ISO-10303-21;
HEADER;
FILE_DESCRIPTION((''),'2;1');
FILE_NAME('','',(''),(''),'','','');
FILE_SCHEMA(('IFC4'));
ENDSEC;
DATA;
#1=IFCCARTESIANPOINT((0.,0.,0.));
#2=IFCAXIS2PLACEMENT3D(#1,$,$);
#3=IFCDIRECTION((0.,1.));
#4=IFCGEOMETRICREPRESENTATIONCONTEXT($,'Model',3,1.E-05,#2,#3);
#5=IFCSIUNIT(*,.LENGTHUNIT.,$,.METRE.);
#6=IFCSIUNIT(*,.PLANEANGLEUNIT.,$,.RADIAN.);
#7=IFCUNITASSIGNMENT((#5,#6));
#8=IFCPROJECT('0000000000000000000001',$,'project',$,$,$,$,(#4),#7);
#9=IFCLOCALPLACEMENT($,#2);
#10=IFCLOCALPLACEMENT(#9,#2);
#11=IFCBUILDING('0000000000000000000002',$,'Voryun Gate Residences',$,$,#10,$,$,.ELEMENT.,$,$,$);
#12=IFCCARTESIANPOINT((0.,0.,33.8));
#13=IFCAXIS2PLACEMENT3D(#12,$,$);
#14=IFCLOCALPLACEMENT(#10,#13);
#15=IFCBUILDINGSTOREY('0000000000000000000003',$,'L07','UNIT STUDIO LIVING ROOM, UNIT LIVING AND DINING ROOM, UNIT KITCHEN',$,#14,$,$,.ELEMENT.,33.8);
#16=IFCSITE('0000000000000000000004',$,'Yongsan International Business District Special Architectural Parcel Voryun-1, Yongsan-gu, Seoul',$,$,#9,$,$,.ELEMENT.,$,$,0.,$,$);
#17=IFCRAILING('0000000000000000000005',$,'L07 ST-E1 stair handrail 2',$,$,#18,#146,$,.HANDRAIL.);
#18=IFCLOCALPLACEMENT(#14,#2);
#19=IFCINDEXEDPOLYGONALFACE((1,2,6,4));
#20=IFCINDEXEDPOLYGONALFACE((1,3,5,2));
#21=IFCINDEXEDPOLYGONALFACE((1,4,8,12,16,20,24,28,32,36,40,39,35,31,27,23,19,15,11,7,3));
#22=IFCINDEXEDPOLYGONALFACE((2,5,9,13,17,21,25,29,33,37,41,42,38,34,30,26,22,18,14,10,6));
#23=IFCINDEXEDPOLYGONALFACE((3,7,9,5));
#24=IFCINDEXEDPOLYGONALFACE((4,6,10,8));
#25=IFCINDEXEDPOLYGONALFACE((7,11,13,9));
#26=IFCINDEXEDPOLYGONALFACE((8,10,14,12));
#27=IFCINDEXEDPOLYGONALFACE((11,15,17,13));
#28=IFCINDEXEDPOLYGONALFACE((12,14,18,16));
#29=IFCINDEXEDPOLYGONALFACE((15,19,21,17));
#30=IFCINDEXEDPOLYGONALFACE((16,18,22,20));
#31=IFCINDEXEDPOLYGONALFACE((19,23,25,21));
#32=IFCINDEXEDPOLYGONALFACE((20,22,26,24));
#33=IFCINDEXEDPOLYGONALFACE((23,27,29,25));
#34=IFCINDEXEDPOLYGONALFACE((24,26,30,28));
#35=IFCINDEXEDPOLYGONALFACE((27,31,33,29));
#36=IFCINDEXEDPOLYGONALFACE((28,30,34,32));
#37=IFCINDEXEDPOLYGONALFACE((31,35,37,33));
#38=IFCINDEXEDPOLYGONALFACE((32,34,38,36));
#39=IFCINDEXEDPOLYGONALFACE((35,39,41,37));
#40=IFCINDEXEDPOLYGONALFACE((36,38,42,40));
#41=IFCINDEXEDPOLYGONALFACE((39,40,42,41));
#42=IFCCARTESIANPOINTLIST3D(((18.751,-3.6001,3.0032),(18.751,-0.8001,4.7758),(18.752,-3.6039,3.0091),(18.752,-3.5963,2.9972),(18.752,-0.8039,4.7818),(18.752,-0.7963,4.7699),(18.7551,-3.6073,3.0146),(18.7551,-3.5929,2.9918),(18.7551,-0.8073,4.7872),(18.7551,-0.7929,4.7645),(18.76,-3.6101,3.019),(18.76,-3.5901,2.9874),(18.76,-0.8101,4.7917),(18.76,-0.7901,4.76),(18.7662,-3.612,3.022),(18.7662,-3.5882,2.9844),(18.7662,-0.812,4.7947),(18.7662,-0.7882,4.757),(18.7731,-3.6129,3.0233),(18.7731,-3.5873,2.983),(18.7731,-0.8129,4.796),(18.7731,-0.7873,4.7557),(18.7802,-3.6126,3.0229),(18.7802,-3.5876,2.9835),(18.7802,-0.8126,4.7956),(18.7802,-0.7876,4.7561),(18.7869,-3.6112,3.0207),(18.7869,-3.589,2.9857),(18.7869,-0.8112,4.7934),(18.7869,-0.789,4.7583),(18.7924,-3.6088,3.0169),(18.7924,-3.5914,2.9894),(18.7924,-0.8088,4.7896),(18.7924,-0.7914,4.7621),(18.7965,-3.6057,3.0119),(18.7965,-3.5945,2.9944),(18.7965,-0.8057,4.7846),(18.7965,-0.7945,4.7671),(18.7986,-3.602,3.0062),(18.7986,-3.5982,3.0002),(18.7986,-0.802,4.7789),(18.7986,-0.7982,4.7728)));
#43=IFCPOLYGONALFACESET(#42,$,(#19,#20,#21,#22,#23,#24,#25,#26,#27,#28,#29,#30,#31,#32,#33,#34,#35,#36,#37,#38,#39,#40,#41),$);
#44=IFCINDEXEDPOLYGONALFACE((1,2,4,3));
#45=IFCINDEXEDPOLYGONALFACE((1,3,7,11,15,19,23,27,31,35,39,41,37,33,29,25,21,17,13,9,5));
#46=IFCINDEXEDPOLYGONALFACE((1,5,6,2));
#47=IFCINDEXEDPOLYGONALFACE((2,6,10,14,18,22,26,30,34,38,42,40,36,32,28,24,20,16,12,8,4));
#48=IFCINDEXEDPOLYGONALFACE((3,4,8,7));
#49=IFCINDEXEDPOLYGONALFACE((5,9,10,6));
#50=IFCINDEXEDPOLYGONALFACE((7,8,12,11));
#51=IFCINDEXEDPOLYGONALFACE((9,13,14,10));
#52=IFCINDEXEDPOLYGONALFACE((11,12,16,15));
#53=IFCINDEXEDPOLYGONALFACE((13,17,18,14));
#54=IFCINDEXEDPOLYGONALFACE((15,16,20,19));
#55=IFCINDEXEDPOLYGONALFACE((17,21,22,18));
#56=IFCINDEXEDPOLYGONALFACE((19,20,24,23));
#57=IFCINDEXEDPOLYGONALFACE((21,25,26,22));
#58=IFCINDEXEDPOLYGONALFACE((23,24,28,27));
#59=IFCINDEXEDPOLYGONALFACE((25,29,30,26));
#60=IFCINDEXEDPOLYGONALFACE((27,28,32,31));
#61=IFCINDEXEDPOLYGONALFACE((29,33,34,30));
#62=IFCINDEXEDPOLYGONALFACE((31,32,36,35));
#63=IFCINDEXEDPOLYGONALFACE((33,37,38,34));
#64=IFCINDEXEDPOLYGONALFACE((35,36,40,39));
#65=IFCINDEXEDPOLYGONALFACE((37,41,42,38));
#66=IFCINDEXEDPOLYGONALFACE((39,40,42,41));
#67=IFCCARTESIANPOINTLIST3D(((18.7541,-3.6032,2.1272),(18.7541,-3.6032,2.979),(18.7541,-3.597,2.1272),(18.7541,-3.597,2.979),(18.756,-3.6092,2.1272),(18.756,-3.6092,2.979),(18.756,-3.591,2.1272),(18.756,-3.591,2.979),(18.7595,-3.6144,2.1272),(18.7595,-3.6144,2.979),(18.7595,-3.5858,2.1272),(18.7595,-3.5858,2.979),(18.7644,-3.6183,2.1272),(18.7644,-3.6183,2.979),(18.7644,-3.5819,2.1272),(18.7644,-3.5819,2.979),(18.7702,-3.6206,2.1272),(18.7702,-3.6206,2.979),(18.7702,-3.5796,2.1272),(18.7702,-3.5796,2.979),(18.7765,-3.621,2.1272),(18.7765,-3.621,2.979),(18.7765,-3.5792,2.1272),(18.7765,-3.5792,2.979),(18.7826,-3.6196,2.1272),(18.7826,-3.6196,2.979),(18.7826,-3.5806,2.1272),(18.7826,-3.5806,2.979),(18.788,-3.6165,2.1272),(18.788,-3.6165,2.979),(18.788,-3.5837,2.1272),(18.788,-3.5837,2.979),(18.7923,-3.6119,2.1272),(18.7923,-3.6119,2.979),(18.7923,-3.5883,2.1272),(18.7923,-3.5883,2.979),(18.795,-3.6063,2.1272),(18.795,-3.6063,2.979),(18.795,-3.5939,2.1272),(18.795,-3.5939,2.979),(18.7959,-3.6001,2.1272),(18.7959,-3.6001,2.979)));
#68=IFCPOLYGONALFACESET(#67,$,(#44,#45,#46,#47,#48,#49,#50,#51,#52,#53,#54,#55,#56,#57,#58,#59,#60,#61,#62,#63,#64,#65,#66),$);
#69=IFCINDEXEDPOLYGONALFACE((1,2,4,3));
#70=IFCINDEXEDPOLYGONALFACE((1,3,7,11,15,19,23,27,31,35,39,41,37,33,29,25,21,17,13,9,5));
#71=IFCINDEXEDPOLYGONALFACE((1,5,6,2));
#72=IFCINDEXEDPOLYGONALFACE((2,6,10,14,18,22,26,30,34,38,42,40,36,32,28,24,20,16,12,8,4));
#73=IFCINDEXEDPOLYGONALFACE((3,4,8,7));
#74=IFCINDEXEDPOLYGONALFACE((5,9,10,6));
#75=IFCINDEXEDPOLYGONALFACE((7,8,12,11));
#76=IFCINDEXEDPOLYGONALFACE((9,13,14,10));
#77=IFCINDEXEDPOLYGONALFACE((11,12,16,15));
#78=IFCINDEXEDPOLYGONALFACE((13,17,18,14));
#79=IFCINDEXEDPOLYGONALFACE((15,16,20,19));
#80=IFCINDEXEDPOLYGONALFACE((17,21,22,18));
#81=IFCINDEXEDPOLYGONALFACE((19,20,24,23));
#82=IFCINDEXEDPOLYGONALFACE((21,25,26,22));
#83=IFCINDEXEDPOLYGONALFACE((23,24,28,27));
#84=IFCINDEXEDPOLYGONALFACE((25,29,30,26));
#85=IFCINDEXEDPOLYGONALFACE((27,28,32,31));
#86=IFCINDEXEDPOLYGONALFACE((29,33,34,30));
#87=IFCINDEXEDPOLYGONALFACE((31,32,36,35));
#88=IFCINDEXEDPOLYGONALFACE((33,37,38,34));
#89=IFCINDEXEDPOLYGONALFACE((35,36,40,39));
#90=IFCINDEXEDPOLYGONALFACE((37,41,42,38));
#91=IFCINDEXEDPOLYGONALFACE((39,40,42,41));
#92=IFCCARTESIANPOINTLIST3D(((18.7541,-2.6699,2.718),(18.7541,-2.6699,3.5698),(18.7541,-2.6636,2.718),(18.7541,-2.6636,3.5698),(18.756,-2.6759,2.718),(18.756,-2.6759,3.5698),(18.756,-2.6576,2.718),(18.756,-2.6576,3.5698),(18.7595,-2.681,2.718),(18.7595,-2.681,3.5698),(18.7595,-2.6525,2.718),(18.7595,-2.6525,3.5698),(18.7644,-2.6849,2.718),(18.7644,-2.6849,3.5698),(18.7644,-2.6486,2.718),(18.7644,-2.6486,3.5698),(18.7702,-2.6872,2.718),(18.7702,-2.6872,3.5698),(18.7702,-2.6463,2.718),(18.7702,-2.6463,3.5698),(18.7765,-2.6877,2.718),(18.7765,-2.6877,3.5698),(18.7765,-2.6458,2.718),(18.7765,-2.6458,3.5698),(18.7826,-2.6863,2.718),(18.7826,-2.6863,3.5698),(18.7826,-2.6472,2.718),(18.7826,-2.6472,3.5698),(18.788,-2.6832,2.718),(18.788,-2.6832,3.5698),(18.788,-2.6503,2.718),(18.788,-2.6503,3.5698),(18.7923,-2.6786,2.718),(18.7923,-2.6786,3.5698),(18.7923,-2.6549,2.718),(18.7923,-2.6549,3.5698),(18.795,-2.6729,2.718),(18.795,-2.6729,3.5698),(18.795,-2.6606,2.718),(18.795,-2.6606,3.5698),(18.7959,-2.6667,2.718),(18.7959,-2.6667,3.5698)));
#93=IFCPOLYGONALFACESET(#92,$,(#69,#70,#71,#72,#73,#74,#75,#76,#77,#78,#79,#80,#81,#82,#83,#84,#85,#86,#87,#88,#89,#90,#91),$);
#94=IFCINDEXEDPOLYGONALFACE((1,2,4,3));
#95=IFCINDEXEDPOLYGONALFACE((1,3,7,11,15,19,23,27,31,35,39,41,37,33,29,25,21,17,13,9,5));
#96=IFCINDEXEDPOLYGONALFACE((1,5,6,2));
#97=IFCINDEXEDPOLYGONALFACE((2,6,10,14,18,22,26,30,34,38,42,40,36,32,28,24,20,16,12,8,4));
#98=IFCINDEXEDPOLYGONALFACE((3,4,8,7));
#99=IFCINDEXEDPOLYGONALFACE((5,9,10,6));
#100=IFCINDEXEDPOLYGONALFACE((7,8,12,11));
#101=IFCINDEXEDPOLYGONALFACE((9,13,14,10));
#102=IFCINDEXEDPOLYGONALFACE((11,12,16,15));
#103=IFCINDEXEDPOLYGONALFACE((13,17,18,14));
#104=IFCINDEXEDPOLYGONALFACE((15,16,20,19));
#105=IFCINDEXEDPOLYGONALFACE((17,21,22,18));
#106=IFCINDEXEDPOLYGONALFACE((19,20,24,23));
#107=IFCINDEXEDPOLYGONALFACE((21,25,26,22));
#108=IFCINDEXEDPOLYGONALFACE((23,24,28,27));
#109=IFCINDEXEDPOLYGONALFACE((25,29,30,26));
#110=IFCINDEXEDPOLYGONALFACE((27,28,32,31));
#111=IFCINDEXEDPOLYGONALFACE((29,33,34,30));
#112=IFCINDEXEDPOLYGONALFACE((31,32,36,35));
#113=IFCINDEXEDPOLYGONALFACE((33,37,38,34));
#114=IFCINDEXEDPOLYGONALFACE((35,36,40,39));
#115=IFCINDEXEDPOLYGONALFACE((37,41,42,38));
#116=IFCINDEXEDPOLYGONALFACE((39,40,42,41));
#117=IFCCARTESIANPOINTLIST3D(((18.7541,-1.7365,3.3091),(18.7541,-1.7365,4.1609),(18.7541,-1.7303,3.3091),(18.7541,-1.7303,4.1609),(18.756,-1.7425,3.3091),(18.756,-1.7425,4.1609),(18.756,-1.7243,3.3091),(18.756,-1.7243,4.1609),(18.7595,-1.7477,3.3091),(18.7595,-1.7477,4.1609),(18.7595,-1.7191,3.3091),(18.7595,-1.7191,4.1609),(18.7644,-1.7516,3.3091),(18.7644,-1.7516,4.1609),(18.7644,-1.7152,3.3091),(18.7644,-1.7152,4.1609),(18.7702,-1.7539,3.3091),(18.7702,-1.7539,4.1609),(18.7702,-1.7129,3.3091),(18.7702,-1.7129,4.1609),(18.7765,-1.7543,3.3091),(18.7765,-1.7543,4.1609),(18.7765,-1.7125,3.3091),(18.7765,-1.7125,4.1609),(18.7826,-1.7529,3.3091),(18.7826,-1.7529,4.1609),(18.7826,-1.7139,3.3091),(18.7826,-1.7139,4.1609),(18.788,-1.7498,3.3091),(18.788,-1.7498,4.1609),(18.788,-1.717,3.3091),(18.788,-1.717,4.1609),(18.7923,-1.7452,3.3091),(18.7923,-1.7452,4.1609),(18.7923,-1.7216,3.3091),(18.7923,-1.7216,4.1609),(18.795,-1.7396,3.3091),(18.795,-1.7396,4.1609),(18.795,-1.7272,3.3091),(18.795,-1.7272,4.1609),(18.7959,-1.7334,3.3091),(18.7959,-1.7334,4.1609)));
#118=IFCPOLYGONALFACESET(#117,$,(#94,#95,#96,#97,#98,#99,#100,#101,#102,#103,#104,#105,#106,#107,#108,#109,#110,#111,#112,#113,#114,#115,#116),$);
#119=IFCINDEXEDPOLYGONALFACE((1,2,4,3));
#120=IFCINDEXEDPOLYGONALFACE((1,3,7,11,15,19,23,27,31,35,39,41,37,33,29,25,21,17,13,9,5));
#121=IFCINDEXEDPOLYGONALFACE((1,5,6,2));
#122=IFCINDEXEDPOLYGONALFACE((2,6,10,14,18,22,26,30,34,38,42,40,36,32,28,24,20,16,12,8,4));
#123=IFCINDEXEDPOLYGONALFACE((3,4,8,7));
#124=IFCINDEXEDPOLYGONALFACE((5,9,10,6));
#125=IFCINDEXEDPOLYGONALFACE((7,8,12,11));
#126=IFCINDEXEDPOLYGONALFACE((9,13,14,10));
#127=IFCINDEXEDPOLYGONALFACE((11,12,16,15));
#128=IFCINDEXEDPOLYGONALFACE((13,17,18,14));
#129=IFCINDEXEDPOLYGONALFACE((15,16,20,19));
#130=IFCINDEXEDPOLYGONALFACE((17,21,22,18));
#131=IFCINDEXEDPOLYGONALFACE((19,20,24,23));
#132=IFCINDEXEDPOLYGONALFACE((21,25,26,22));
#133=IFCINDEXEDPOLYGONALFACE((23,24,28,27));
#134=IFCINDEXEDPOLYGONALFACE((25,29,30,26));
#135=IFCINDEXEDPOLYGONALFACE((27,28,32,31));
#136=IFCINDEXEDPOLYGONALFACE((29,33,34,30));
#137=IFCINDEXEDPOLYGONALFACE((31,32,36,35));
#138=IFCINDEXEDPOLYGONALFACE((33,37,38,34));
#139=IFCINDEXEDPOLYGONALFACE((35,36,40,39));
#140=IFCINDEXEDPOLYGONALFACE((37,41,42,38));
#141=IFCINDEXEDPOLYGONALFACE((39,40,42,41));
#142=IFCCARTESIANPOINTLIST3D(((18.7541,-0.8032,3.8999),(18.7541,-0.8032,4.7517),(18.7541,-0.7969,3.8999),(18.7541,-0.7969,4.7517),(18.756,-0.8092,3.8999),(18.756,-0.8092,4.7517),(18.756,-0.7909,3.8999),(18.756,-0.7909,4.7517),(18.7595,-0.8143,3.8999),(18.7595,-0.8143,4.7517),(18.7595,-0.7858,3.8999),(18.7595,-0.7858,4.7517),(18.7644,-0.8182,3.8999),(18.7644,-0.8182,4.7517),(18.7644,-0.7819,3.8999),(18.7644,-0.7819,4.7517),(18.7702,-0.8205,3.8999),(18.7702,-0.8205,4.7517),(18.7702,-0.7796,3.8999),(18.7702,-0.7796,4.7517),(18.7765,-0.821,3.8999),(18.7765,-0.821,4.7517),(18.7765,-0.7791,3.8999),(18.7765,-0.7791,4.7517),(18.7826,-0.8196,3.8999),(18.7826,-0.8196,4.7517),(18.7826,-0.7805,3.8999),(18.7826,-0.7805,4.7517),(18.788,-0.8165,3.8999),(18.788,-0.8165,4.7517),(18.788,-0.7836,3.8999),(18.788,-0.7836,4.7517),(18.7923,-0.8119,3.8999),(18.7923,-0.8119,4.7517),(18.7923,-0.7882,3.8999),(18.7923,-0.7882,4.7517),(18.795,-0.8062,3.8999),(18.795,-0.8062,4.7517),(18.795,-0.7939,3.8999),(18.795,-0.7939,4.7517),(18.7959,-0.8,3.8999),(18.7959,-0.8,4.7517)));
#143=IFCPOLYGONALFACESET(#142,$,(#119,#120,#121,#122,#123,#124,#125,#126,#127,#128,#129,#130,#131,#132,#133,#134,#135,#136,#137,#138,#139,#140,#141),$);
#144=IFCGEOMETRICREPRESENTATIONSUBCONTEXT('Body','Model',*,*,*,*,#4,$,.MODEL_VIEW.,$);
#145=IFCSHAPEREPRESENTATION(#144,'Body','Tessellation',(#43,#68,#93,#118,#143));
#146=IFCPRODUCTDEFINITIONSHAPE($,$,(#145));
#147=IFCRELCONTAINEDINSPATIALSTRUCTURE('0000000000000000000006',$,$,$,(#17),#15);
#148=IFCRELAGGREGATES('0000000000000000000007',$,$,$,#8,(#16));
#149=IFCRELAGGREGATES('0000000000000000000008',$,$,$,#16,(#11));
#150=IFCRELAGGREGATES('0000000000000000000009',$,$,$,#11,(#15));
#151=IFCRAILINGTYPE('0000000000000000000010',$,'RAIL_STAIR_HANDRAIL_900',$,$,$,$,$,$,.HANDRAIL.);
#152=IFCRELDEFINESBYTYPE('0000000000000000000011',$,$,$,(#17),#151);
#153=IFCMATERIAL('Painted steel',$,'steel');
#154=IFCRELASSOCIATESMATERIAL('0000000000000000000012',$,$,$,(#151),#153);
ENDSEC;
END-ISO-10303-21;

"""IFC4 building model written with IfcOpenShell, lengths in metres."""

from ifc_helpers import new_model, si_unit, direction, frame, origin, origin_2d, place, context, subcontext, project, spatial, circle, extrude, material, type_object, element, save


model = new_model("IFC4")

# Units and contexts
model_context = context("Model", 3, precision=1e-05, world=origin(), true_north=direction((0.0, 1.0)))
body_context = subcontext(model_context, "Body", "Model", "MODEL_VIEW")
ifc_project = project(units=[si_unit("LENGTHUNIT", "METRE"), si_unit("PLANEANGLEUNIT", "RADIAN")], contexts=[model_context])

# Site, building, storey
site_placement = place(None, origin())
site = spatial("IfcSite", under=ifc_project, at=site_placement, Name="Yongsan International Business District Special Architectural Parcel Voryun-1, Yongsan-gu, Seoul", CompositionType="ELEMENT", RefElevation=0.0)
building_placement = place(site_placement, origin())
building = spatial("IfcBuilding", under=site, at=building_placement, Name="Voryun Gate Residences", CompositionType="ELEMENT")
storey_placement = place(building_placement, frame((0.0, 0.0, 33.8)))
storey = spatial("IfcBuildingStorey", under=building, at=storey_placement, Name="L07", Description="UNIT STUDIO LIVING ROOM, UNIT LIVING AND DINING ROOM, UNIT KITCHEN", CompositionType="ELEMENT", Elevation=33.8)

# Railing
ifc_material_1 = material(Name="Painted steel", Category="steel")
railing_type_1 = type_object("IfcRailingType", Name="RAIL_STAIR_HANDRAIL_900", PredefinedType="HANDRAIL", material=ifc_material_1)
railing_1_placement = place(storey_placement, frame((18.7749, -3.6001, 2.1272)))
element("IfcRailing", 1, at=railing_1_placement, inside=storey, type_object=railing_type_1, Name="L07 ST-E1 stair handrail 2", PredefinedType="HANDRAIL", context=body_context, shape_type="SweptSolid", body=[
    extrude(circle(Radius=0.0239, at=origin_2d()), frame((0.0, 0.0, 0.876), z_axis=(0.0, 0.844909, 0.53491), x_axis=(-1.0, 0.0, 0.0)), (0.0, 0.0, 1.0), 3.314),
    extrude(circle(Radius=0.021, at=origin_2d()), origin(), (0.0, 0.0, 1.0), 0.8518),
    extrude(circle(Radius=0.021, at=origin_2d()), frame((0.0, 0.9333, 0.5908)), (0.0, 0.0, 1.0), 0.8518),
    extrude(circle(Radius=0.021, at=origin_2d()), frame((0.0, 1.8667, 1.1819)), (0.0, 0.0, 1.0), 0.8518),
    extrude(circle(Radius=0.021, at=origin_2d()), frame((0.0, 2.8, 1.7727)), (0.0, 0.0, 1.0), 0.8518),
])

save(model, "model.ifc")
